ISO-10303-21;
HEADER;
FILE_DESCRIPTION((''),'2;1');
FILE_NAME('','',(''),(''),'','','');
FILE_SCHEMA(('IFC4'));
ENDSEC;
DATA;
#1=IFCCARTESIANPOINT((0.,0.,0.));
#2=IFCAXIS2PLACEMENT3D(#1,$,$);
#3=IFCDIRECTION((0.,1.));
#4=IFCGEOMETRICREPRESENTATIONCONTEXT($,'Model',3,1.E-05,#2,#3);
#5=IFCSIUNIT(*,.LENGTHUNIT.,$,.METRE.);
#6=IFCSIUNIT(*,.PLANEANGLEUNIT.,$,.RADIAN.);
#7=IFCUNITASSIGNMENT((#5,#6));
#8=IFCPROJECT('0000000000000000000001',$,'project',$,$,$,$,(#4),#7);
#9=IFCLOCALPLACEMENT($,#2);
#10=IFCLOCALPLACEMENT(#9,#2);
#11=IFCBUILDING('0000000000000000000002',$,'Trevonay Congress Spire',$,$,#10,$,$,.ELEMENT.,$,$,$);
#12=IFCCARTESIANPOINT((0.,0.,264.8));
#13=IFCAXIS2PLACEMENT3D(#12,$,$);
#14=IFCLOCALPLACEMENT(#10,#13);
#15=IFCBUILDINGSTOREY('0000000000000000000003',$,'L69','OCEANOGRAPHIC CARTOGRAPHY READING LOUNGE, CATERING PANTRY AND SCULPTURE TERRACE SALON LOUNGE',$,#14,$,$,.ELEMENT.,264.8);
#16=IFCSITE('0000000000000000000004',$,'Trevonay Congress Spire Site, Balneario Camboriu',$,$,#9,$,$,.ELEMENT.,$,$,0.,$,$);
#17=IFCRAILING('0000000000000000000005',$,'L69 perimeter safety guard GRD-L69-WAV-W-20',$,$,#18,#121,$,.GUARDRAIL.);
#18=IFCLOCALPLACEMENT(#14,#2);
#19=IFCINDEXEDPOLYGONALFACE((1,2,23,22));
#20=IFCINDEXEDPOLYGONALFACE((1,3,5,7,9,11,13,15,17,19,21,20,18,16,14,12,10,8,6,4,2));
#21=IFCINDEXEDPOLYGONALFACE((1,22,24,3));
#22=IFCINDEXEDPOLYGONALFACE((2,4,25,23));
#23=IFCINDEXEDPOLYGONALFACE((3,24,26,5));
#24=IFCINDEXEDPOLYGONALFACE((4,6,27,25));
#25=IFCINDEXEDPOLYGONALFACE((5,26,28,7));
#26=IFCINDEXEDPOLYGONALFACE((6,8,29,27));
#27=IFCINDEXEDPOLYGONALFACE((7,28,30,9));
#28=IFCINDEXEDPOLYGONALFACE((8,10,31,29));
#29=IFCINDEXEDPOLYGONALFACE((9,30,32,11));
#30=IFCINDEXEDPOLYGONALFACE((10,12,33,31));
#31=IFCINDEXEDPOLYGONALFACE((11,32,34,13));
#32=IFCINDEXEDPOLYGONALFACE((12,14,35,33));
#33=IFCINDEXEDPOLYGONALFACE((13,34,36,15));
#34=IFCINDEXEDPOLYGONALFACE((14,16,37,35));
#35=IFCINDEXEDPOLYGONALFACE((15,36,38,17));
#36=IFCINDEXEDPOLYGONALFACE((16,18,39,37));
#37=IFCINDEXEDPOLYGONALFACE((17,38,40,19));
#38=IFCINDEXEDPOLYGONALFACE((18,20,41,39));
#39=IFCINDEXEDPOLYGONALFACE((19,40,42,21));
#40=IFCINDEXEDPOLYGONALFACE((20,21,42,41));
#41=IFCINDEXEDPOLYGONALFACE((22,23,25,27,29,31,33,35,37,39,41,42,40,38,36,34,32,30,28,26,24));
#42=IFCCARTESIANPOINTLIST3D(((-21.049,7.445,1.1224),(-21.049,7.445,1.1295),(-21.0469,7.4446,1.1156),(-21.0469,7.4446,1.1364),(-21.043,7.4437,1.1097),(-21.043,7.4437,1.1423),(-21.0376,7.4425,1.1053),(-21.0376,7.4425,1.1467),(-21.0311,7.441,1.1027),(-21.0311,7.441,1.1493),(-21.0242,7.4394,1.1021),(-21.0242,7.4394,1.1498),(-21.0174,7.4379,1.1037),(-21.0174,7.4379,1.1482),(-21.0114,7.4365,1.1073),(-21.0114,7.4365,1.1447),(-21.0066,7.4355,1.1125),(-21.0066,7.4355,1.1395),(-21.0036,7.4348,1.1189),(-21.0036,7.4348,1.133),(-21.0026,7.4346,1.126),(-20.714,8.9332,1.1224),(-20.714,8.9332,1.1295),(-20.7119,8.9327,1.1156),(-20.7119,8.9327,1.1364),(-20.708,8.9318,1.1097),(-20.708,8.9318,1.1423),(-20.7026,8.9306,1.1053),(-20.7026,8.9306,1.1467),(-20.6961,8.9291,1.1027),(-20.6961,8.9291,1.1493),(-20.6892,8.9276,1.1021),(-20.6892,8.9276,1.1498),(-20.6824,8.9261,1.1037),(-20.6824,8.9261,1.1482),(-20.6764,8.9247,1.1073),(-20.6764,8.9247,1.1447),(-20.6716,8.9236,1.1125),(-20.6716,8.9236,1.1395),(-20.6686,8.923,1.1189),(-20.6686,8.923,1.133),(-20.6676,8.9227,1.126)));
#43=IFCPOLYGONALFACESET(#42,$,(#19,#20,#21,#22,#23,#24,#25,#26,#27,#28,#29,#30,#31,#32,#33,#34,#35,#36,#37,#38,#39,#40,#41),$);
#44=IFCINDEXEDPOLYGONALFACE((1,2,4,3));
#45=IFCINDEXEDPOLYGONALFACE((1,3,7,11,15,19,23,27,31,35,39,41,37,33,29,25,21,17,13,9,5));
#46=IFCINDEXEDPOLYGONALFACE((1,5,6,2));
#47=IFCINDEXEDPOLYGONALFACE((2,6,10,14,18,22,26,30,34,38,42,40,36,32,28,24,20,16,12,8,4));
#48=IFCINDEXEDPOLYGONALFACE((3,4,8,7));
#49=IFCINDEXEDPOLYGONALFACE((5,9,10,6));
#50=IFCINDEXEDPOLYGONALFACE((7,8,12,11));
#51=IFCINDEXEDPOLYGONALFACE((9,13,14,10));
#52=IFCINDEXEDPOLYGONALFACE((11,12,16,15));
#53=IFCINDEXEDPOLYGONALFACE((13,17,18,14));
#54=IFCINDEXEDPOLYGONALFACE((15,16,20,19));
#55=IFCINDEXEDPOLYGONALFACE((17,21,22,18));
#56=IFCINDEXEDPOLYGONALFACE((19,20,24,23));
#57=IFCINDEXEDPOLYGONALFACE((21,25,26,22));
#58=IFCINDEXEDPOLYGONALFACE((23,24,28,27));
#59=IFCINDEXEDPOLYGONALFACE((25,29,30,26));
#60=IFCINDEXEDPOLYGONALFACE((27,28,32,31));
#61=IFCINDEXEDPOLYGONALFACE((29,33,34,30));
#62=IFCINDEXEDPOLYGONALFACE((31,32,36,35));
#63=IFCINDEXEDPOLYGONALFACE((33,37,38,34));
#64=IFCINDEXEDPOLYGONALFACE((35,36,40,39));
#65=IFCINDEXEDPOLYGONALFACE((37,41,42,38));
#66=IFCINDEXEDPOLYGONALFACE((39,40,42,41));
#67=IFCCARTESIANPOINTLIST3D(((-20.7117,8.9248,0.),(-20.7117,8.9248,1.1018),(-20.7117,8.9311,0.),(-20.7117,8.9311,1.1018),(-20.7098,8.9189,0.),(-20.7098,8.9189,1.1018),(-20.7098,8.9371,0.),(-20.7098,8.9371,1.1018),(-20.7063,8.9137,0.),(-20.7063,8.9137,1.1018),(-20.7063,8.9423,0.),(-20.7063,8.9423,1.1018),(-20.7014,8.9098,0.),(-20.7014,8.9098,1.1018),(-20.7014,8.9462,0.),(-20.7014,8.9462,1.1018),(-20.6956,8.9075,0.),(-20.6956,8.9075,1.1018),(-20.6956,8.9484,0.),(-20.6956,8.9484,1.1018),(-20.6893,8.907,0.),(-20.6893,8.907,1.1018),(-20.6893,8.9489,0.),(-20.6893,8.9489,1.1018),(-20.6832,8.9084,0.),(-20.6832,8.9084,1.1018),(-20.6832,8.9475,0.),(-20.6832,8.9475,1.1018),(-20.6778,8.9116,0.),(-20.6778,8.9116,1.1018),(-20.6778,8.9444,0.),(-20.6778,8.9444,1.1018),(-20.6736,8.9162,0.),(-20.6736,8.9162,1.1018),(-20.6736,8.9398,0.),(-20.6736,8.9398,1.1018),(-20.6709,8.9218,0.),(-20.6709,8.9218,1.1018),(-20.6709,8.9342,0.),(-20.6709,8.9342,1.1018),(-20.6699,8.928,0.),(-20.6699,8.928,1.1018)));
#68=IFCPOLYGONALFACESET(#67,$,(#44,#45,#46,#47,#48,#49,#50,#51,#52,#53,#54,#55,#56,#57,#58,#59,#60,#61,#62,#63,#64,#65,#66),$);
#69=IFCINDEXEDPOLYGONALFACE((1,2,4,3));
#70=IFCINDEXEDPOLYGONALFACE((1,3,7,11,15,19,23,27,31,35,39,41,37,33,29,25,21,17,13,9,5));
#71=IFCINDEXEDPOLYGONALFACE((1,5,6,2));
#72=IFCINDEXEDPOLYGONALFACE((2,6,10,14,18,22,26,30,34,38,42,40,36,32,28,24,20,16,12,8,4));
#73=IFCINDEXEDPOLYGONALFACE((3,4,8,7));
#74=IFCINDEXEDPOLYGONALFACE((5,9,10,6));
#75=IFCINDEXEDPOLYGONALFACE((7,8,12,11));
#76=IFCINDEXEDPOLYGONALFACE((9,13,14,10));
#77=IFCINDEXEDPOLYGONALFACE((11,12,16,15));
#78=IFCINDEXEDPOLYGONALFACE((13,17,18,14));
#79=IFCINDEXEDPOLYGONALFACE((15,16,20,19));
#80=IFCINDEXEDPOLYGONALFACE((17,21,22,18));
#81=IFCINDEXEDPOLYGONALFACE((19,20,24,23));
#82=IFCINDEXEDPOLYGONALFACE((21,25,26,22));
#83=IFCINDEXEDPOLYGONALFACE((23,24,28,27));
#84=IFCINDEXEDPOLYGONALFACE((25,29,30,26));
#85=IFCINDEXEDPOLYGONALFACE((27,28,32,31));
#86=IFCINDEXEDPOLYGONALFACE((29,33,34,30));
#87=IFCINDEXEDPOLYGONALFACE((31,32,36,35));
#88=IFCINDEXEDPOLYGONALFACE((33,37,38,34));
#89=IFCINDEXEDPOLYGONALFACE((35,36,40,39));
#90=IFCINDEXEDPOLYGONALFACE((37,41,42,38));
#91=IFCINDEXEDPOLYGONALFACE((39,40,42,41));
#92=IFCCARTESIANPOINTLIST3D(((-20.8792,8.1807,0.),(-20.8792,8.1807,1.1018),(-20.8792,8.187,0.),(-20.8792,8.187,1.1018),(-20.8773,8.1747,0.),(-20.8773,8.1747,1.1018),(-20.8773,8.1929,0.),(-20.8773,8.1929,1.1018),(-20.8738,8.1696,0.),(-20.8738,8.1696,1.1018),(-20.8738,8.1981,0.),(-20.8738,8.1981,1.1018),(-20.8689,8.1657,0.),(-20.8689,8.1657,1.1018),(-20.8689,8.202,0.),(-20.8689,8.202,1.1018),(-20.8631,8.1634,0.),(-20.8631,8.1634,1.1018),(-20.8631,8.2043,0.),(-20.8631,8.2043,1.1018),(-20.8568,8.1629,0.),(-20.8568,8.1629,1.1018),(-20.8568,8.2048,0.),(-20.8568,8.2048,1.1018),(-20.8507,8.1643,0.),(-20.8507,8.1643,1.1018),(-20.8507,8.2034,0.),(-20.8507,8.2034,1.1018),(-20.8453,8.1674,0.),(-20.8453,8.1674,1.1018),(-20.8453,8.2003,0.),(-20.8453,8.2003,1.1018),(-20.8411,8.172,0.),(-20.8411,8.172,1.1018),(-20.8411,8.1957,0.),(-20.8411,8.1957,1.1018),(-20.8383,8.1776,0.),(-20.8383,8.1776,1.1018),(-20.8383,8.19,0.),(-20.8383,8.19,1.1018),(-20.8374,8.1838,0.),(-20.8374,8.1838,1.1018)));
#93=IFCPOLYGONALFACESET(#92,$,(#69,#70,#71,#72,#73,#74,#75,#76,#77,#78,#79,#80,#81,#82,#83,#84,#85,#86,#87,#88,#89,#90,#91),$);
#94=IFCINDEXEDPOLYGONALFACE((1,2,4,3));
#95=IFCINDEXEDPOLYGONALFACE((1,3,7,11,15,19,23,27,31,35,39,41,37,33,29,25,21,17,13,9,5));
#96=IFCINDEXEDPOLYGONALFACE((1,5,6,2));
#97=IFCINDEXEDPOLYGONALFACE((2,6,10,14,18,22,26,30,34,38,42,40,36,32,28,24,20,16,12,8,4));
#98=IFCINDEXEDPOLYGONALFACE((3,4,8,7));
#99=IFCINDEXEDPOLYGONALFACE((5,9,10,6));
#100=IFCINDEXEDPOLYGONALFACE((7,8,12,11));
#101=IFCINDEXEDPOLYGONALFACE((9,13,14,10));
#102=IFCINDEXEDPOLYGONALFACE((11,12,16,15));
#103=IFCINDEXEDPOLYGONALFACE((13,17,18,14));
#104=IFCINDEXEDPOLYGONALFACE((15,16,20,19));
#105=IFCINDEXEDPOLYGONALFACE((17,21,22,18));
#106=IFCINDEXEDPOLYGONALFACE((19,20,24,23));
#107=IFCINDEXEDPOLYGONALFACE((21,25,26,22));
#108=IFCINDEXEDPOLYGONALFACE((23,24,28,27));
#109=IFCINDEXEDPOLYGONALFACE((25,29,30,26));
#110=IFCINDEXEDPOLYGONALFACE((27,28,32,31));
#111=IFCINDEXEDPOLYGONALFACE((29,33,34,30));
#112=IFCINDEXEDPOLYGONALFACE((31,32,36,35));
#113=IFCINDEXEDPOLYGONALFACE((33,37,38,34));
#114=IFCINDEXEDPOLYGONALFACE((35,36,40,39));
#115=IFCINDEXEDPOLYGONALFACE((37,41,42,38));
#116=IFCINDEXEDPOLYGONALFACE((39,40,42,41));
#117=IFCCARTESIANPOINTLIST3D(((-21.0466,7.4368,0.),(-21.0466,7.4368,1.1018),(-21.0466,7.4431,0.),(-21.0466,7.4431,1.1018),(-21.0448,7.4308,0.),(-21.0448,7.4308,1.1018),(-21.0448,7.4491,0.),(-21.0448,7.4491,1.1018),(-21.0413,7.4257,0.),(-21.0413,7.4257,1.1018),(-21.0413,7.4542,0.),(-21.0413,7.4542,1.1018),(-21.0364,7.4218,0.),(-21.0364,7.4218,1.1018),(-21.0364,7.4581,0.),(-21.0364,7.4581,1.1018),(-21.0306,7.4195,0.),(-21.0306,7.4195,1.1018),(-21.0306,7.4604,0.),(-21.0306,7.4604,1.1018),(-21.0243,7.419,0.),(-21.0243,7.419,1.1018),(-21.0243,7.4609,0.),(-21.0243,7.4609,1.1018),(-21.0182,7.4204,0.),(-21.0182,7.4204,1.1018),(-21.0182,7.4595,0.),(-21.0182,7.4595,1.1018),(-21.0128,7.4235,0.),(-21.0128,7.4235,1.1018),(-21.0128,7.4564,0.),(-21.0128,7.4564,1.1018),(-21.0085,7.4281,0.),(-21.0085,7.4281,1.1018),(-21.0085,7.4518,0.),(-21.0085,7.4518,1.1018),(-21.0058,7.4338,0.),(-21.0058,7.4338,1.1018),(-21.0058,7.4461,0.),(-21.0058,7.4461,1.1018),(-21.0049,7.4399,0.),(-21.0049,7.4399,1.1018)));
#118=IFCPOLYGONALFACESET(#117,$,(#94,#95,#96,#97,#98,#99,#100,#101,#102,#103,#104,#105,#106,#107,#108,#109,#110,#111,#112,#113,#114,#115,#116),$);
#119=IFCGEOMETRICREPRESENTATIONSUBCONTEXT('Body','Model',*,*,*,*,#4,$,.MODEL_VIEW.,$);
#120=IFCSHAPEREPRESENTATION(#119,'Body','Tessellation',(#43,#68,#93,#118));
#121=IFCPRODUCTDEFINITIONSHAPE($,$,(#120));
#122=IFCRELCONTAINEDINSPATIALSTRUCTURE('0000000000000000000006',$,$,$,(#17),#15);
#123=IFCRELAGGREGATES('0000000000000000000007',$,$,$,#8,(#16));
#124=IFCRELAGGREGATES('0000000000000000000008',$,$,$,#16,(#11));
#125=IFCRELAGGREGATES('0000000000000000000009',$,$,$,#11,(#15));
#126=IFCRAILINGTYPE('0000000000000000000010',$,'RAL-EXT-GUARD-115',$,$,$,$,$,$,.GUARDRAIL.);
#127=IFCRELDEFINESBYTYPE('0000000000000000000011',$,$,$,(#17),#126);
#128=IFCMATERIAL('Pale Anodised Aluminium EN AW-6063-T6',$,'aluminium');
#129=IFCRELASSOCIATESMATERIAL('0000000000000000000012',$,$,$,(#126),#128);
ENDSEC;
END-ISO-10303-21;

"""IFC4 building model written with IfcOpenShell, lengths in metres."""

from ifc_helpers import new_model, si_unit, direction, frame, origin, origin_2d, place, context, subcontext, project, spatial, circle, extrude, material, type_object, element, save


model = new_model("IFC4")

# Units and contexts
model_context = context("Model", 3, precision=1e-05, world=origin(), true_north=direction((0.0, 1.0)))
body_context = subcontext(model_context, "Body", "Model", "MODEL_VIEW")
ifc_project = project(units=[si_unit("LENGTHUNIT", "METRE"), si_unit("PLANEANGLEUNIT", "RADIAN")], contexts=[model_context])

# Site, building, storey
site_placement = place(None, origin())
site = spatial("IfcSite", under=ifc_project, at=site_placement, Name="Trevonay Congress Spire Site, Balneario Camboriu", CompositionType="ELEMENT", RefElevation=0.0)
building_placement = place(site_placement, origin())
building = spatial("IfcBuilding", under=site, at=building_placement, Name="Trevonay Congress Spire", CompositionType="ELEMENT")
storey_placement = place(building_placement, frame((0.0, 0.0, 264.8)))
storey = spatial("IfcBuildingStorey", under=building, at=storey_placement, Name="L69", Description="OCEANOGRAPHIC CARTOGRAPHY READING LOUNGE, CATERING PANTRY AND SCULPTURE TERRACE SALON LOUNGE", CompositionType="ELEMENT", Elevation=264.8)

# Shared definitions
ifc_material_1 = material(Name="Pale Anodised Aluminium EN AW-6063-T6", Category="aluminium")

# Railing
railing_type = type_object("IfcRailingType", Name="RAL-EXT-GUARD-115", PredefinedType="GUARDRAIL", material=ifc_material_1)
railing_1_placement = place(storey_placement, frame((-20.6909, 8.928, 0.0)))
element("IfcRailing", 1, at=railing_1_placement, inside=storey, type_object=railing_type, Name="L69 perimeter safety guard GRD-L69-WAV-W-20", PredefinedType="GUARDRAIL", context=body_context, shape_type="SweptSolid", body=[
    extrude(circle(Radius=0.0239, at=origin_2d()), frame((0.0, 0.0, 1.126), z_axis=(-0.219607, -0.975588, 0.0), x_axis=(0.975588, -0.219607, 0.0)), (0.0, 0.0, 1.0), 1.5254),
    extrude(circle(Radius=0.021, at=origin_2d()), origin(), (0.0, 0.0, 1.0), 1.1018),
    extrude(circle(Radius=0.021, at=origin_2d()), frame((-0.1675, -0.7441, 0.0)), (0.0, 0.0, 1.0), 1.1018),
    extrude(circle(Radius=0.021, at=origin_2d()), frame((-0.335, -1.488, 0.0)), (0.0, 0.0, 1.0), 1.1018),
])

save(model, "model.ifc")
